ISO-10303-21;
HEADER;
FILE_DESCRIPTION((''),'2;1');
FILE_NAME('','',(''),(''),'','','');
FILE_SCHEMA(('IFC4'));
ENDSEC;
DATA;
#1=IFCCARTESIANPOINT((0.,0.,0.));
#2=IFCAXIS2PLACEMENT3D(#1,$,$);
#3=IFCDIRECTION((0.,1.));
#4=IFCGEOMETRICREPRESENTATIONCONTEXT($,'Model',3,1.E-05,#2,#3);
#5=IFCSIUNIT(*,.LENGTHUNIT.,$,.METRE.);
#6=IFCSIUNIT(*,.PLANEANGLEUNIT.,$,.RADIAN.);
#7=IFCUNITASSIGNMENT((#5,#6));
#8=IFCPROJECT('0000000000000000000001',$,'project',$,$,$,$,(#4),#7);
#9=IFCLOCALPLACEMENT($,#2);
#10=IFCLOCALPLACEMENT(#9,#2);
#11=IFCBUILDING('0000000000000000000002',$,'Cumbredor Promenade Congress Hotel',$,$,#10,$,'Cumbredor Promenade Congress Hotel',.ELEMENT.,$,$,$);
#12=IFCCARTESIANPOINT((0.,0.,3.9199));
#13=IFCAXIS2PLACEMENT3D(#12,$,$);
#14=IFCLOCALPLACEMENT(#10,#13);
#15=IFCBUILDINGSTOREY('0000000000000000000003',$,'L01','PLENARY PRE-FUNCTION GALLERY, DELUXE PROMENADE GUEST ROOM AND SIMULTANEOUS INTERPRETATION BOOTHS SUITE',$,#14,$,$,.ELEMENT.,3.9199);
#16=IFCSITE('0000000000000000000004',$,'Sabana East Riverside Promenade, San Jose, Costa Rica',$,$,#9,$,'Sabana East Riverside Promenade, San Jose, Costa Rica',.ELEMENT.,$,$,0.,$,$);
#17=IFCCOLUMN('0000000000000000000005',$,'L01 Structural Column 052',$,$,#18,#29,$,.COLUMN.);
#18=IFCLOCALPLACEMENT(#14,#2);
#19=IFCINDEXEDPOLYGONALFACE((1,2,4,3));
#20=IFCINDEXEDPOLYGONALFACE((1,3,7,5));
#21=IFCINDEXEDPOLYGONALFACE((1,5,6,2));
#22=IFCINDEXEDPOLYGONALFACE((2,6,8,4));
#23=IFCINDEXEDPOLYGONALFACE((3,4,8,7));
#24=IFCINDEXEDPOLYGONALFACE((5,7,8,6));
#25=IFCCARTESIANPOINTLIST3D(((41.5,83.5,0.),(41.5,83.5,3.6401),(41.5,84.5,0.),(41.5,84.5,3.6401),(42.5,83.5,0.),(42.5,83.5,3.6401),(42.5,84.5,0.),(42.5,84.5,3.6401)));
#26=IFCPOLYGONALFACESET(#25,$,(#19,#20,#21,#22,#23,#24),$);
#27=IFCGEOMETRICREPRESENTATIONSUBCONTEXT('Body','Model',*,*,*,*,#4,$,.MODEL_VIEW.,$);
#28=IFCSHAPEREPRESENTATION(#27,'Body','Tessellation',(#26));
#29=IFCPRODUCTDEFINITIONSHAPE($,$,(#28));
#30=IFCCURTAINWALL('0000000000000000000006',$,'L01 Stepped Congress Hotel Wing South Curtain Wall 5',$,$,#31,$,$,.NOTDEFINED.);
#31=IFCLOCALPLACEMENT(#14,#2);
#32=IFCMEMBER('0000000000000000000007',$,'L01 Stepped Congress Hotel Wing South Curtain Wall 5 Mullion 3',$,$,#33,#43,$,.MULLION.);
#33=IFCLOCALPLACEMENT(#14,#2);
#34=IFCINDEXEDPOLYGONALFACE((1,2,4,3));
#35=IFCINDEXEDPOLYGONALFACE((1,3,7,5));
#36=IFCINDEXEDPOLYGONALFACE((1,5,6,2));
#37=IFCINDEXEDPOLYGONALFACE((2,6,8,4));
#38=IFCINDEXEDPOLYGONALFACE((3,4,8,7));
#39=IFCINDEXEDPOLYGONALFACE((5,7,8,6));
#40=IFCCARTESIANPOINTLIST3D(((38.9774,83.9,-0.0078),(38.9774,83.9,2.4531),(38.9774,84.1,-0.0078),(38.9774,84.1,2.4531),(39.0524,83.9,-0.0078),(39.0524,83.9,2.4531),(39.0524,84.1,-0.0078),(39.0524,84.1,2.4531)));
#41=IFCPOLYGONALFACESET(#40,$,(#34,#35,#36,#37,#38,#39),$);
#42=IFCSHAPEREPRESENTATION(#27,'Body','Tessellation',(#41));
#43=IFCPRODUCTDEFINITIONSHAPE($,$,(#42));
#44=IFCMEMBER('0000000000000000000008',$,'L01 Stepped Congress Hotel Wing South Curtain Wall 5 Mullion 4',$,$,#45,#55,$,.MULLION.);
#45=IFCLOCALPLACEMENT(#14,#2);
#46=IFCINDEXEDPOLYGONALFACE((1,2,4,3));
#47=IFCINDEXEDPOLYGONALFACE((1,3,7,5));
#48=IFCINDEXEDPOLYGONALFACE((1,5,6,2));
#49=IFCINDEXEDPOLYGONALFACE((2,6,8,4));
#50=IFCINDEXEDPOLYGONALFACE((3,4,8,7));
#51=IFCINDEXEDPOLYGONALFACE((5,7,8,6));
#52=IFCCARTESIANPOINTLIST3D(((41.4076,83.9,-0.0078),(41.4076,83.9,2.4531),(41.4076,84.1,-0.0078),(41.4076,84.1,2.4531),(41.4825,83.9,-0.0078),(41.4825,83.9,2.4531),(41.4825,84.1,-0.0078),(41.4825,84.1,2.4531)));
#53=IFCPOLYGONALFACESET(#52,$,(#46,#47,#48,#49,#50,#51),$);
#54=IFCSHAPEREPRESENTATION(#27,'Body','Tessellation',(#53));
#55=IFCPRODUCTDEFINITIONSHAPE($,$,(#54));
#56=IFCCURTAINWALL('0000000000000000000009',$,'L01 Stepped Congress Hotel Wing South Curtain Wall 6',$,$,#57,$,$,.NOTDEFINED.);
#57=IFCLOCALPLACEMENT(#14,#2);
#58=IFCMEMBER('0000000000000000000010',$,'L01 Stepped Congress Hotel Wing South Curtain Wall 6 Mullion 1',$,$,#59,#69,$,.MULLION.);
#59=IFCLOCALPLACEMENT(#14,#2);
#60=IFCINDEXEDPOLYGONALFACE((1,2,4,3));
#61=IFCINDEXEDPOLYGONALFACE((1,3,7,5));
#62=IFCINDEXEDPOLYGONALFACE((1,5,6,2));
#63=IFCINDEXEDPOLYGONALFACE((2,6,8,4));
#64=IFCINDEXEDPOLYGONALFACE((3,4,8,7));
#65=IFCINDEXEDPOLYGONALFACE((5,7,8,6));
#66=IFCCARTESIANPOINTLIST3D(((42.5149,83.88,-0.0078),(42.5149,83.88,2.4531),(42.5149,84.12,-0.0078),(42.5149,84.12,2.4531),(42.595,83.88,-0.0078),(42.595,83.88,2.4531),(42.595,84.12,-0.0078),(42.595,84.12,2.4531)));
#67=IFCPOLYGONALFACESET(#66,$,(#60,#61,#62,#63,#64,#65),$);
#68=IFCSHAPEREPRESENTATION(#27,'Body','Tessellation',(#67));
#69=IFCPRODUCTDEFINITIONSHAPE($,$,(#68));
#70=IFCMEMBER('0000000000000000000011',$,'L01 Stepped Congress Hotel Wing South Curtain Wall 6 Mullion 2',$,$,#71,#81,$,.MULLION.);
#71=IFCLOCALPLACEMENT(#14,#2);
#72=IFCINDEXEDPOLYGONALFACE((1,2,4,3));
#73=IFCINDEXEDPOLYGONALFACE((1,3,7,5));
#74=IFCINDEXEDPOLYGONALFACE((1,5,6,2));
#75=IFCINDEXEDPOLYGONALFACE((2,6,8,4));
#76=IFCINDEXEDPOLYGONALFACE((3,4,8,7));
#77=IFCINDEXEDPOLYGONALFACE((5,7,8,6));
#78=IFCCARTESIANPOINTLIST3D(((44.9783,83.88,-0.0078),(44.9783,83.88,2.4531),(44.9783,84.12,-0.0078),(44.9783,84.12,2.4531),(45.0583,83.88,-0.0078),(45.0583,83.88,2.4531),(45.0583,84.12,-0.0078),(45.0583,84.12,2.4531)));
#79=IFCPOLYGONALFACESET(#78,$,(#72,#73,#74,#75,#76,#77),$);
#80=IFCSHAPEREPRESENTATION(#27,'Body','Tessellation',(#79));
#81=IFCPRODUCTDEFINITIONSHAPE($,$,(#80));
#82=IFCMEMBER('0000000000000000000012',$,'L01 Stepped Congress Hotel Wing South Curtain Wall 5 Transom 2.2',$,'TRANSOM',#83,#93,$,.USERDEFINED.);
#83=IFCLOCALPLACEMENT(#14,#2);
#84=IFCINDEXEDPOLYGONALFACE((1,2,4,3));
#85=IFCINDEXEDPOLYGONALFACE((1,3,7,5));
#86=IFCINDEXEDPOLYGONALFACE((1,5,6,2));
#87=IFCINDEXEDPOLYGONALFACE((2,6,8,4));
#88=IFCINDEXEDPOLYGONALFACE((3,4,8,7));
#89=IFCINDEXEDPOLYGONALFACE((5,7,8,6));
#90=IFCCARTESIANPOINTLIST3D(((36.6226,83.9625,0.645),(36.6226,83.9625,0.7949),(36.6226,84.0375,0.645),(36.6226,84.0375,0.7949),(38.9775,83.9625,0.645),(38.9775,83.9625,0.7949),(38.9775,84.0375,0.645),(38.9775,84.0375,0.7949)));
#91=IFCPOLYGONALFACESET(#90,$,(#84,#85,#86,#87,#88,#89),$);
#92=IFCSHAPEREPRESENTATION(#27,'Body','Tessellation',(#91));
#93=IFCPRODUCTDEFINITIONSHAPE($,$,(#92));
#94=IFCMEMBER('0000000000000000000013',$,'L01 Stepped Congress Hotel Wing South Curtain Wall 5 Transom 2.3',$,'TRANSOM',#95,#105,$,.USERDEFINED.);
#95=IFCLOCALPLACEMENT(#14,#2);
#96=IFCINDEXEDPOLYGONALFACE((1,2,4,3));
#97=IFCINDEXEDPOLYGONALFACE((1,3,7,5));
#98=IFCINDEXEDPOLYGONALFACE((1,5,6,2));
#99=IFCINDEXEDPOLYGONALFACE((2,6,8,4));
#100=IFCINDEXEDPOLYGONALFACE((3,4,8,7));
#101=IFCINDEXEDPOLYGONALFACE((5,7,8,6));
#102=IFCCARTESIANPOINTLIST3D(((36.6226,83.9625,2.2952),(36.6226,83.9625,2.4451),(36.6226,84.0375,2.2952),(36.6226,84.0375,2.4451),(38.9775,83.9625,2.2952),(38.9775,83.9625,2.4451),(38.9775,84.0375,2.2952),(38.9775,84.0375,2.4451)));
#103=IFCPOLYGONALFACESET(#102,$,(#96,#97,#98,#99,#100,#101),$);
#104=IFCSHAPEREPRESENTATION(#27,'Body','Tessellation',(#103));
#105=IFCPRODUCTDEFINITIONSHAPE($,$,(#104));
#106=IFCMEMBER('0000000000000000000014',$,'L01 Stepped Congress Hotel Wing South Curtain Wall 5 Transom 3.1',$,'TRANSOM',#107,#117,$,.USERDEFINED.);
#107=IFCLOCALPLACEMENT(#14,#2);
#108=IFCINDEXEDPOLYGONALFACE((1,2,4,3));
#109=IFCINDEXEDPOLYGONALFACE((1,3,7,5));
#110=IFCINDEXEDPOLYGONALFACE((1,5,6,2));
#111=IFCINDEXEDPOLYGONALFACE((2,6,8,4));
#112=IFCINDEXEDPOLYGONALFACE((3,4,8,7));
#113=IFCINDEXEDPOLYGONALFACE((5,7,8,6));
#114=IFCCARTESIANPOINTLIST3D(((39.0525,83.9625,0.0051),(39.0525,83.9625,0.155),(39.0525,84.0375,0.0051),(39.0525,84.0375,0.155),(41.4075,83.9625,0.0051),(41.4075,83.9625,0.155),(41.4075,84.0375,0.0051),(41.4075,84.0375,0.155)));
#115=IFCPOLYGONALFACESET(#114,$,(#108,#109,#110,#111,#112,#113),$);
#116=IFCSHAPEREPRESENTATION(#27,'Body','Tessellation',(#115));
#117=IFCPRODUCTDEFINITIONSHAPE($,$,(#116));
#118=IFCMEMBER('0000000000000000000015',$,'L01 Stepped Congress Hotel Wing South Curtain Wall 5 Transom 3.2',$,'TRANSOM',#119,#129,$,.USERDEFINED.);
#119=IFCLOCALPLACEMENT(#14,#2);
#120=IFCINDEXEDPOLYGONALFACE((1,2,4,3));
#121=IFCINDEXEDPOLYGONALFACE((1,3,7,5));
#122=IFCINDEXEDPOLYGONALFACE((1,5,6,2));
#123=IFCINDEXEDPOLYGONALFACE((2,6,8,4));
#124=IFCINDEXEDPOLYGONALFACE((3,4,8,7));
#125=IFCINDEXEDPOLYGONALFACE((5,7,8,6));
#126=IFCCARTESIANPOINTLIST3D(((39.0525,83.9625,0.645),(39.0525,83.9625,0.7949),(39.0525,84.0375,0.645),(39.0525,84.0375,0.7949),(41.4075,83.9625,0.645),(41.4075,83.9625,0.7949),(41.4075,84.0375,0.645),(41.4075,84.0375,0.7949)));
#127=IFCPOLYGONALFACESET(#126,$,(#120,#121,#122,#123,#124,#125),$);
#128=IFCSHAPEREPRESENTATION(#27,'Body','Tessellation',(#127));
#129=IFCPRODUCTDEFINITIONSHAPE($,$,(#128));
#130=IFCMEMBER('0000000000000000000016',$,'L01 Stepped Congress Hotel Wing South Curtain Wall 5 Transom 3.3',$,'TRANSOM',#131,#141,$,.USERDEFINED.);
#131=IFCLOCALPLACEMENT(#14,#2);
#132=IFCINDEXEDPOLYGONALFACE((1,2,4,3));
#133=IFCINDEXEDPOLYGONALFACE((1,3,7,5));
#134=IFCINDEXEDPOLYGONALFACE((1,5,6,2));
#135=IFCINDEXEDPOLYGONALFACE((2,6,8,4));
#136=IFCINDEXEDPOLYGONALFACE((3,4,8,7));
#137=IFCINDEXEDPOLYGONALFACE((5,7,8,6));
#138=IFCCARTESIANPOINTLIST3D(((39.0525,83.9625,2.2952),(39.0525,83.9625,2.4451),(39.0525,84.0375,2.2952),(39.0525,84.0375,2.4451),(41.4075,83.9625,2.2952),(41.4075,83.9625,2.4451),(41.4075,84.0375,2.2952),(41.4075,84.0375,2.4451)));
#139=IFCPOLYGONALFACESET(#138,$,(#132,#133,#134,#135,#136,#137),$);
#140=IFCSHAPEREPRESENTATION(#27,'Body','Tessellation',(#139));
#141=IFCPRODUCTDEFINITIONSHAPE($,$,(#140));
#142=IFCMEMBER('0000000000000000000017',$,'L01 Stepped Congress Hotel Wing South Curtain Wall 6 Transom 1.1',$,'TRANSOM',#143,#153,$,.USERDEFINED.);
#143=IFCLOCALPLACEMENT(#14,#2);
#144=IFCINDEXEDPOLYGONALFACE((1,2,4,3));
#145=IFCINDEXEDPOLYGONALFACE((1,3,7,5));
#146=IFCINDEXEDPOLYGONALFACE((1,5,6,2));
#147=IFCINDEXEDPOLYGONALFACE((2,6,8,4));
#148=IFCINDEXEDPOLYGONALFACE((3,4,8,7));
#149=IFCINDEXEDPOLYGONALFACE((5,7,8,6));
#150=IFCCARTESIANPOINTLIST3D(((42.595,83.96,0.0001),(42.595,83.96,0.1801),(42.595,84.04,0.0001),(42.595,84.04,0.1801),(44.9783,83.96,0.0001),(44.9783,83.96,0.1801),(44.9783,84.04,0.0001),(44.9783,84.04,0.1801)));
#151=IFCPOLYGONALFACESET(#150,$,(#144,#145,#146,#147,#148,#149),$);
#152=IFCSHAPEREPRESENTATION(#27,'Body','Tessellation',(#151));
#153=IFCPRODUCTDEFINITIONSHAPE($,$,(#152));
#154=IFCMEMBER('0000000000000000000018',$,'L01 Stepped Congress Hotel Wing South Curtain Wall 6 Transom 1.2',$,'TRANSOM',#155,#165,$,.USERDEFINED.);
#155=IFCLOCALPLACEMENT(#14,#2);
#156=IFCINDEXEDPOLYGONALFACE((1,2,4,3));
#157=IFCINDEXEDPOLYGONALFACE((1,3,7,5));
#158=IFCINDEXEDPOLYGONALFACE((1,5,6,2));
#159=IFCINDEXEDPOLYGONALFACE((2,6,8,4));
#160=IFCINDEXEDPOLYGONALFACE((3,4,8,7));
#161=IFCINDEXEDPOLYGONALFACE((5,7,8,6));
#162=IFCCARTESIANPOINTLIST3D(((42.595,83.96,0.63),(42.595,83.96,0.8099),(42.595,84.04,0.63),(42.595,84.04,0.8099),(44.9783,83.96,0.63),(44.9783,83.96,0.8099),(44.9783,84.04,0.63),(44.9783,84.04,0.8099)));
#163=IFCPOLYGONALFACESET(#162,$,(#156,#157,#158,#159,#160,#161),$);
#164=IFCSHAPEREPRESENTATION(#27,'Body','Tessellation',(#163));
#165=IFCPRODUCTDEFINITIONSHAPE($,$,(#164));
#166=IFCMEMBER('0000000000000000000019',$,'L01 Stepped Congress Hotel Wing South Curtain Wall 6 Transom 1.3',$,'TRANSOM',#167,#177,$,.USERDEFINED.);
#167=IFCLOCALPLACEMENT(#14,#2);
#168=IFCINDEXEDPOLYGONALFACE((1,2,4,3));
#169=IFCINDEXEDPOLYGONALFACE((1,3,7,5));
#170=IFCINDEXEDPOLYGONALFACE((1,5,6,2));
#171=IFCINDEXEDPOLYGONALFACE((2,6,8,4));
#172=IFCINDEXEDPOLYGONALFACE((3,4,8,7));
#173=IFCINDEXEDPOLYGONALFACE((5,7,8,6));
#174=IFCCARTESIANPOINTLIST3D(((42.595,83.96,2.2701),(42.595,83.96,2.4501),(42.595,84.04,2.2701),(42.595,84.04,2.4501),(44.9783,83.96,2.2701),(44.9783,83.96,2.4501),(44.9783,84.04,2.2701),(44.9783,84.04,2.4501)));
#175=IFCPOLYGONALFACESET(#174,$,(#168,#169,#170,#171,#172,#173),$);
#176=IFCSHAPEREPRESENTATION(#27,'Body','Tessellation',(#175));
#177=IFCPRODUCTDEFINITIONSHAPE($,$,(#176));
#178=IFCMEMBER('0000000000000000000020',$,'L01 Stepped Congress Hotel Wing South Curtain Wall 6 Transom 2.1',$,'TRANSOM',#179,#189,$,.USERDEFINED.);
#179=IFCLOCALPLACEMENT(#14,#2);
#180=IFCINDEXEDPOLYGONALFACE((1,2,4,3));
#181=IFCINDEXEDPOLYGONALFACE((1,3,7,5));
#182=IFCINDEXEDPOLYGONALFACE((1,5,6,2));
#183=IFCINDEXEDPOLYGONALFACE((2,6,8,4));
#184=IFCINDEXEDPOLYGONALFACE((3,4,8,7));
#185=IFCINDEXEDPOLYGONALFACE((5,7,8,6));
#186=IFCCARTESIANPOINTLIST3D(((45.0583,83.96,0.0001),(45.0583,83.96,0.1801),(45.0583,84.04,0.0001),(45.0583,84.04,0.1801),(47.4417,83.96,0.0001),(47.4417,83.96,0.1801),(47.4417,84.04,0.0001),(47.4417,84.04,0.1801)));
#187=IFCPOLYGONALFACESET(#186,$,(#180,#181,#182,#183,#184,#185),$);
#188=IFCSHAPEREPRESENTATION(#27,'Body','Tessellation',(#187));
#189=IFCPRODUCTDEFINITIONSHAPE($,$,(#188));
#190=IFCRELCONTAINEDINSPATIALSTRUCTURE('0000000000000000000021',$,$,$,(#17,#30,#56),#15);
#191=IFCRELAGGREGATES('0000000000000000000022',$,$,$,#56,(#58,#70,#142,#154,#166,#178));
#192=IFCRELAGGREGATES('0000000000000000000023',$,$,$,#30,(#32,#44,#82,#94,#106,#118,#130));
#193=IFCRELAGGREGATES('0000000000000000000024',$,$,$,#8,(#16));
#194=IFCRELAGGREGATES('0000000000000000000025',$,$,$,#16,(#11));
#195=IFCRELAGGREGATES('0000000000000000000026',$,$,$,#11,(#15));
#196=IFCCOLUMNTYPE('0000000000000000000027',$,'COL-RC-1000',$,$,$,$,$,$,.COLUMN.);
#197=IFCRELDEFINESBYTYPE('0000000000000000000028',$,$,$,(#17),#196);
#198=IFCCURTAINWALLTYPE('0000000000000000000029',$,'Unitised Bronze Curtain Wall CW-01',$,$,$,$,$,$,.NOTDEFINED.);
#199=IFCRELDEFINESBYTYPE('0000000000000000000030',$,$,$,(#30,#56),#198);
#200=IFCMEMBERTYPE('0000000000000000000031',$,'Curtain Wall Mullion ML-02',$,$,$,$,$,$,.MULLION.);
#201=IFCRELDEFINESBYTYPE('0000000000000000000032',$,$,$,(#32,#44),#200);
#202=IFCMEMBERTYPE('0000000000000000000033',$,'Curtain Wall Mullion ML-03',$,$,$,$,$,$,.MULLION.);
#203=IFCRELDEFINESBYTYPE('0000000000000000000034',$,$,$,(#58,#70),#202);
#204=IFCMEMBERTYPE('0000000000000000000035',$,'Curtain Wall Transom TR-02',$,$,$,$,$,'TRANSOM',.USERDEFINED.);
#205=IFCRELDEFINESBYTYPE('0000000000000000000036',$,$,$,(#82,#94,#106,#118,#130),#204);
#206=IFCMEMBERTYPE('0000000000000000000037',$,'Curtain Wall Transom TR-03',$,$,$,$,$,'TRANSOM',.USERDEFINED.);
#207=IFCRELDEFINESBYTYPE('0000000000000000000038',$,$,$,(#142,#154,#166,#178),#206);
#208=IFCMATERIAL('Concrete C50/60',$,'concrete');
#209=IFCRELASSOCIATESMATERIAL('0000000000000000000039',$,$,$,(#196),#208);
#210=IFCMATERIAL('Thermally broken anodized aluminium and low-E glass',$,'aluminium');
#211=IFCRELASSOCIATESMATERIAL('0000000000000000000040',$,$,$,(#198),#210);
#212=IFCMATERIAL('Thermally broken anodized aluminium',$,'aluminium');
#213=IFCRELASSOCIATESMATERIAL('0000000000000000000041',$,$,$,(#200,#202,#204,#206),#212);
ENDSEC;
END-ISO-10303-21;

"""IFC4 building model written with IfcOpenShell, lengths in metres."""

from ifc_helpers import new_model, si_unit, direction, frame, origin, origin_2d, place, context, subcontext, project, spatial, rectangle, extrude, material, material_profile, profile_set, type_object, element, aggregate, save


model = new_model("IFC4")

# Units and contexts
model_context = context("Model", 3, precision=1e-05, world=origin(), true_north=direction((0.0, 1.0)))
body_context = subcontext(model_context, "Body", "Model", "MODEL_VIEW")
ifc_project = project(units=[si_unit("LENGTHUNIT", "METRE"), si_unit("PLANEANGLEUNIT", "RADIAN")], contexts=[model_context])

# Site, building, storey
site_placement = place(None, origin())
site = spatial("IfcSite", under=ifc_project, at=site_placement, Name="Sabana East Riverside Promenade, San Jose, Costa Rica", LongName="Sabana East Riverside Promenade, San Jose, Costa Rica", CompositionType="ELEMENT", RefElevation=0.0)
building_placement = place(site_placement, origin())
building = spatial("IfcBuilding", under=site, at=building_placement, Name="Cumbredor Promenade Congress Hotel", LongName="Cumbredor Promenade Congress Hotel", CompositionType="ELEMENT")
storey_placement = place(building_placement, frame((0.0, 0.0, 3.9199)))
storey = spatial("IfcBuildingStorey", under=building, at=storey_placement, Name="L01", Description="PLENARY PRE-FUNCTION GALLERY, DELUXE PROMENADE GUEST ROOM AND SIMULTANEOUS INTERPRETATION BOOTHS SUITE", CompositionType="ELEMENT", Elevation=3.9199)

# Column
ifc_material_1 = material(Name="Concrete C50/60", Category="concrete")
ifc_material_profile_1 = material_profile(ifc_material_1, rectangle(XDim=1.0, YDim=1.0, at=origin_2d()), Name="RC 1000x1000")
ifc_profile_set_1 = profile_set([ifc_material_profile_1], Name="Concrete C50/60")
column_type = type_object("IfcColumnType", Name="COL-RC-1000", PredefinedType="COLUMN", material=ifc_profile_set_1)
column_placement = place(storey_placement, frame((42.0, 84.0, 0.0), z_axis=(0.0, 0.0, 1.0), x_axis=(1.0, 0.0, 0.0)))
element("IfcColumn", 1, at=column_placement, inside=storey, type_object=column_type, Name="L01 Structural Column 052", PredefinedType="COLUMN", context=body_context, shape_type="SweptSolid", body=[
    extrude(rectangle(XDim=1.0, YDim=1.0, at=origin_2d()), origin(), (0.0, 0.0, 1.0), 3.6401),
])

# Curtain walls, members
ifc_material_2 = material(Name="Thermally broken anodized aluminium and low-E glass", Category="aluminium")
curtain_wall_type = type_object("IfcCurtainWallType", Name="Unitised Bronze Curtain Wall CW-01", PredefinedType="NOTDEFINED", material=ifc_material_2)
curtain_wall_1_placement = place(storey_placement, origin())
curtain_wall_1 = element("IfcCurtainWall", 2, at=curtain_wall_1_placement, inside=storey, type_object=curtain_wall_type, Name="L01 Stepped Congress Hotel Wing South Curtain Wall 5", PredefinedType="NOTDEFINED")
ifc_material_3 = material(Name="Thermally broken anodized aluminium", Category="aluminium")
ifc_material_profile_2 = material_profile(ifc_material_3, rectangle(XDim=0.075, YDim=0.2, at=origin_2d()), Name="ALU MULLION 75x200")
ifc_profile_set_2 = profile_set([ifc_material_profile_2], Name="Thermally broken anodized aluminium")
member_type_1 = type_object("IfcMemberType", Name="Curtain Wall Mullion ML-02", PredefinedType="MULLION", material=ifc_profile_set_2)
member_1_placement = place(storey_placement, frame((39.0149, 84.0, -0.0078), z_axis=(0.0, 0.0, 1.0), x_axis=(1.0, 0.0, 0.0)))
member_1 = element("IfcMember", 3, at=member_1_placement, type_object=member_type_1, Name="L01 Stepped Congress Hotel Wing South Curtain Wall 5 Mullion 3", PredefinedType="MULLION", context=body_context, shape_type="SweptSolid", body=[
    extrude(rectangle(XDim=0.075, YDim=0.2, at=origin_2d()), origin(), (0.0, 0.0, 1.0), 2.4609),
])
member_2_placement = place(storey_placement, frame((41.4451, 84.0, -0.0078), z_axis=(0.0, 0.0, 1.0), x_axis=(1.0, 0.0, 0.0)))
member_2 = element("IfcMember", 4, at=member_2_placement, type_object=member_type_1, Name="L01 Stepped Congress Hotel Wing South Curtain Wall 5 Mullion 4", PredefinedType="MULLION", context=body_context, shape_type="SweptSolid", body=[
    extrude(rectangle(XDim=0.075, YDim=0.2, at=origin_2d()), origin(), (0.0, 0.0, 1.0), 2.4609),
])
curtain_wall_2_placement = place(storey_placement, origin())
curtain_wall_2 = element("IfcCurtainWall", 5, at=curtain_wall_2_placement, inside=storey, type_object=curtain_wall_type, Name="L01 Stepped Congress Hotel Wing South Curtain Wall 6", PredefinedType="NOTDEFINED")
ifc_material_profile_3 = material_profile(ifc_material_3, rectangle(XDim=0.0801, YDim=0.24, at=origin_2d()), Name="ALU MULLION 80x240")
ifc_profile_set_3 = profile_set([ifc_material_profile_3], Name="Thermally broken anodized aluminium")
member_type_2 = type_object("IfcMemberType", Name="Curtain Wall Mullion ML-03", PredefinedType="MULLION", material=ifc_profile_set_3)
member_3_placement = place(storey_placement, frame((42.5549, 84.0, -0.0078), z_axis=(0.0, 0.0, 1.0), x_axis=(1.0, 0.0, 0.0)))
member_3 = element("IfcMember", 6, at=member_3_placement, type_object=member_type_2, Name="L01 Stepped Congress Hotel Wing South Curtain Wall 6 Mullion 1", PredefinedType="MULLION", context=body_context, shape_type="SweptSolid", body=[
    extrude(rectangle(XDim=0.0801, YDim=0.24, at=origin_2d()), origin(), (0.0, 0.0, 1.0), 2.4609),
])
member_4_placement = place(storey_placement, frame((45.0183, 84.0, -0.0078), z_axis=(0.0, 0.0, 1.0), x_axis=(1.0, 0.0, 0.0)))
member_4 = element("IfcMember", 7, at=member_4_placement, type_object=member_type_2, Name="L01 Stepped Congress Hotel Wing South Curtain Wall 6 Mullion 2", PredefinedType="MULLION", context=body_context, shape_type="SweptSolid", body=[
    extrude(rectangle(XDim=0.0801, YDim=0.24, at=origin_2d()), origin(), (0.0, 0.0, 1.0), 2.4609),
])

# Members
ifc_material_profile_4 = material_profile(ifc_material_3, rectangle(XDim=0.075, YDim=0.1499, at=origin_2d()), Name="ALU TRANSOM 75x150")
ifc_profile_set_4 = profile_set([ifc_material_profile_4], Name="Thermally broken anodized aluminium")
member_type_3 = type_object("IfcMemberType", Name="Curtain Wall Transom TR-02", ElementType="TRANSOM", PredefinedType="USERDEFINED", material=ifc_profile_set_4)
member_5_placement = place(storey_placement, frame((36.6226, 84.0, 0.72), z_axis=(1.0, 0.0, 0.0), x_axis=(0.0, 1.0, 0.0)))
member_5 = element("IfcMember", 8, at=member_5_placement, type_object=member_type_3, Name="L01 Stepped Congress Hotel Wing South Curtain Wall 5 Transom 2.2", ObjectType="TRANSOM", PredefinedType="USERDEFINED", context=body_context, shape_type="SweptSolid", body=[
    extrude(rectangle(XDim=0.075, YDim=0.1499, at=origin_2d()), origin(), (0.0, 0.0, 1.0), 2.355),
])
member_6_placement = place(storey_placement, frame((36.6226, 84.0, 2.3701), z_axis=(1.0, 0.0, 0.0), x_axis=(0.0, 1.0, 0.0)))
member_6 = element("IfcMember", 9, at=member_6_placement, type_object=member_type_3, Name="L01 Stepped Congress Hotel Wing South Curtain Wall 5 Transom 2.3", ObjectType="TRANSOM", PredefinedType="USERDEFINED", context=body_context, shape_type="SweptSolid", body=[
    extrude(rectangle(XDim=0.075, YDim=0.1499, at=origin_2d()), origin(), (0.0, 0.0, 1.0), 2.355),
])
member_7_placement = place(storey_placement, frame((39.0525, 84.0, 0.0801), z_axis=(1.0, 0.0, 0.0), x_axis=(0.0, 1.0, 0.0)))
member_7 = element("IfcMember", 10, at=member_7_placement, type_object=member_type_3, Name="L01 Stepped Congress Hotel Wing South Curtain Wall 5 Transom 3.1", ObjectType="TRANSOM", PredefinedType="USERDEFINED", context=body_context, shape_type="SweptSolid", body=[
    extrude(rectangle(XDim=0.075, YDim=0.1499, at=origin_2d()), origin(), (0.0, 0.0, 1.0), 2.355),
])
member_8_placement = place(storey_placement, frame((39.0525, 84.0, 0.72), z_axis=(1.0, 0.0, 0.0), x_axis=(0.0, 1.0, 0.0)))
member_8 = element("IfcMember", 11, at=member_8_placement, type_object=member_type_3, Name="L01 Stepped Congress Hotel Wing South Curtain Wall 5 Transom 3.2", ObjectType="TRANSOM", PredefinedType="USERDEFINED", context=body_context, shape_type="SweptSolid", body=[
    extrude(rectangle(XDim=0.075, YDim=0.1499, at=origin_2d()), origin(), (0.0, 0.0, 1.0), 2.355),
])
member_9_placement = place(storey_placement, frame((39.0525, 84.0, 2.3701), z_axis=(1.0, 0.0, 0.0), x_axis=(0.0, 1.0, 0.0)))
member_9 = element("IfcMember", 12, at=member_9_placement, type_object=member_type_3, Name="L01 Stepped Congress Hotel Wing South Curtain Wall 5 Transom 3.3", ObjectType="TRANSOM", PredefinedType="USERDEFINED", context=body_context, shape_type="SweptSolid", body=[
    extrude(rectangle(XDim=0.075, YDim=0.1499, at=origin_2d()), origin(), (0.0, 0.0, 1.0), 2.355),
])
ifc_material_profile_5 = material_profile(ifc_material_3, rectangle(XDim=0.0801, YDim=0.1799, at=origin_2d()), Name="ALU TRANSOM 80x180")
ifc_profile_set_5 = profile_set([ifc_material_profile_5], Name="Thermally broken anodized aluminium")
member_type_4 = type_object("IfcMemberType", Name="Curtain Wall Transom TR-03", ElementType="TRANSOM", PredefinedType="USERDEFINED", material=ifc_profile_set_5)
member_10_placement = place(storey_placement, frame((42.595, 84.0, 0.0901), z_axis=(1.0, 0.0, 0.0), x_axis=(0.0, 1.0, 0.0)))
member_10 = element("IfcMember", 13, at=member_10_placement, type_object=member_type_4, Name="L01 Stepped Congress Hotel Wing South Curtain Wall 6 Transom 1.1", ObjectType="TRANSOM", PredefinedType="USERDEFINED", context=body_context, shape_type="SweptSolid", body=[
    extrude(rectangle(XDim=0.0801, YDim=0.1799, at=origin_2d()), origin(), (0.0, 0.0, 1.0), 2.3833),
])
member_11_placement = place(storey_placement, frame((42.595, 84.0, 0.72), z_axis=(1.0, 0.0, 0.0), x_axis=(0.0, 1.0, 0.0)))
member_11 = element("IfcMember", 14, at=member_11_placement, type_object=member_type_4, Name="L01 Stepped Congress Hotel Wing South Curtain Wall 6 Transom 1.2", ObjectType="TRANSOM", PredefinedType="USERDEFINED", context=body_context, shape_type="SweptSolid", body=[
    extrude(rectangle(XDim=0.0801, YDim=0.1799, at=origin_2d()), origin(), (0.0, 0.0, 1.0), 2.3833),
])
member_12_placement = place(storey_placement, frame((42.595, 84.0, 2.3601), z_axis=(1.0, 0.0, 0.0), x_axis=(0.0, 1.0, 0.0)))
member_12 = element("IfcMember", 15, at=member_12_placement, type_object=member_type_4, Name="L01 Stepped Congress Hotel Wing South Curtain Wall 6 Transom 1.3", ObjectType="TRANSOM", PredefinedType="USERDEFINED", context=body_context, shape_type="SweptSolid", body=[
    extrude(rectangle(XDim=0.0801, YDim=0.1799, at=origin_2d()), origin(), (0.0, 0.0, 1.0), 2.3833),
])
member_13_placement = place(storey_placement, frame((45.0583, 84.0, 0.0901), z_axis=(1.0, 0.0, 0.0), x_axis=(0.0, 1.0, 0.0)))
member_13 = element("IfcMember", 16, at=member_13_placement, type_object=member_type_4, Name="L01 Stepped Congress Hotel Wing South Curtain Wall 6 Transom 2.1", ObjectType="TRANSOM", PredefinedType="USERDEFINED", context=body_context, shape_type="SweptSolid", body=[
    extrude(rectangle(XDim=0.0801, YDim=0.1799, at=origin_2d()), origin(), (0.0, 0.0, 1.0), 2.3833),
])

aggregate(curtain_wall_2, [member_3, member_4, member_10, member_11, member_12, member_13])
aggregate(curtain_wall_1, [member_1, member_2, member_5, member_6, member_7, member_8, member_9])

save(model, "model.ifc")
